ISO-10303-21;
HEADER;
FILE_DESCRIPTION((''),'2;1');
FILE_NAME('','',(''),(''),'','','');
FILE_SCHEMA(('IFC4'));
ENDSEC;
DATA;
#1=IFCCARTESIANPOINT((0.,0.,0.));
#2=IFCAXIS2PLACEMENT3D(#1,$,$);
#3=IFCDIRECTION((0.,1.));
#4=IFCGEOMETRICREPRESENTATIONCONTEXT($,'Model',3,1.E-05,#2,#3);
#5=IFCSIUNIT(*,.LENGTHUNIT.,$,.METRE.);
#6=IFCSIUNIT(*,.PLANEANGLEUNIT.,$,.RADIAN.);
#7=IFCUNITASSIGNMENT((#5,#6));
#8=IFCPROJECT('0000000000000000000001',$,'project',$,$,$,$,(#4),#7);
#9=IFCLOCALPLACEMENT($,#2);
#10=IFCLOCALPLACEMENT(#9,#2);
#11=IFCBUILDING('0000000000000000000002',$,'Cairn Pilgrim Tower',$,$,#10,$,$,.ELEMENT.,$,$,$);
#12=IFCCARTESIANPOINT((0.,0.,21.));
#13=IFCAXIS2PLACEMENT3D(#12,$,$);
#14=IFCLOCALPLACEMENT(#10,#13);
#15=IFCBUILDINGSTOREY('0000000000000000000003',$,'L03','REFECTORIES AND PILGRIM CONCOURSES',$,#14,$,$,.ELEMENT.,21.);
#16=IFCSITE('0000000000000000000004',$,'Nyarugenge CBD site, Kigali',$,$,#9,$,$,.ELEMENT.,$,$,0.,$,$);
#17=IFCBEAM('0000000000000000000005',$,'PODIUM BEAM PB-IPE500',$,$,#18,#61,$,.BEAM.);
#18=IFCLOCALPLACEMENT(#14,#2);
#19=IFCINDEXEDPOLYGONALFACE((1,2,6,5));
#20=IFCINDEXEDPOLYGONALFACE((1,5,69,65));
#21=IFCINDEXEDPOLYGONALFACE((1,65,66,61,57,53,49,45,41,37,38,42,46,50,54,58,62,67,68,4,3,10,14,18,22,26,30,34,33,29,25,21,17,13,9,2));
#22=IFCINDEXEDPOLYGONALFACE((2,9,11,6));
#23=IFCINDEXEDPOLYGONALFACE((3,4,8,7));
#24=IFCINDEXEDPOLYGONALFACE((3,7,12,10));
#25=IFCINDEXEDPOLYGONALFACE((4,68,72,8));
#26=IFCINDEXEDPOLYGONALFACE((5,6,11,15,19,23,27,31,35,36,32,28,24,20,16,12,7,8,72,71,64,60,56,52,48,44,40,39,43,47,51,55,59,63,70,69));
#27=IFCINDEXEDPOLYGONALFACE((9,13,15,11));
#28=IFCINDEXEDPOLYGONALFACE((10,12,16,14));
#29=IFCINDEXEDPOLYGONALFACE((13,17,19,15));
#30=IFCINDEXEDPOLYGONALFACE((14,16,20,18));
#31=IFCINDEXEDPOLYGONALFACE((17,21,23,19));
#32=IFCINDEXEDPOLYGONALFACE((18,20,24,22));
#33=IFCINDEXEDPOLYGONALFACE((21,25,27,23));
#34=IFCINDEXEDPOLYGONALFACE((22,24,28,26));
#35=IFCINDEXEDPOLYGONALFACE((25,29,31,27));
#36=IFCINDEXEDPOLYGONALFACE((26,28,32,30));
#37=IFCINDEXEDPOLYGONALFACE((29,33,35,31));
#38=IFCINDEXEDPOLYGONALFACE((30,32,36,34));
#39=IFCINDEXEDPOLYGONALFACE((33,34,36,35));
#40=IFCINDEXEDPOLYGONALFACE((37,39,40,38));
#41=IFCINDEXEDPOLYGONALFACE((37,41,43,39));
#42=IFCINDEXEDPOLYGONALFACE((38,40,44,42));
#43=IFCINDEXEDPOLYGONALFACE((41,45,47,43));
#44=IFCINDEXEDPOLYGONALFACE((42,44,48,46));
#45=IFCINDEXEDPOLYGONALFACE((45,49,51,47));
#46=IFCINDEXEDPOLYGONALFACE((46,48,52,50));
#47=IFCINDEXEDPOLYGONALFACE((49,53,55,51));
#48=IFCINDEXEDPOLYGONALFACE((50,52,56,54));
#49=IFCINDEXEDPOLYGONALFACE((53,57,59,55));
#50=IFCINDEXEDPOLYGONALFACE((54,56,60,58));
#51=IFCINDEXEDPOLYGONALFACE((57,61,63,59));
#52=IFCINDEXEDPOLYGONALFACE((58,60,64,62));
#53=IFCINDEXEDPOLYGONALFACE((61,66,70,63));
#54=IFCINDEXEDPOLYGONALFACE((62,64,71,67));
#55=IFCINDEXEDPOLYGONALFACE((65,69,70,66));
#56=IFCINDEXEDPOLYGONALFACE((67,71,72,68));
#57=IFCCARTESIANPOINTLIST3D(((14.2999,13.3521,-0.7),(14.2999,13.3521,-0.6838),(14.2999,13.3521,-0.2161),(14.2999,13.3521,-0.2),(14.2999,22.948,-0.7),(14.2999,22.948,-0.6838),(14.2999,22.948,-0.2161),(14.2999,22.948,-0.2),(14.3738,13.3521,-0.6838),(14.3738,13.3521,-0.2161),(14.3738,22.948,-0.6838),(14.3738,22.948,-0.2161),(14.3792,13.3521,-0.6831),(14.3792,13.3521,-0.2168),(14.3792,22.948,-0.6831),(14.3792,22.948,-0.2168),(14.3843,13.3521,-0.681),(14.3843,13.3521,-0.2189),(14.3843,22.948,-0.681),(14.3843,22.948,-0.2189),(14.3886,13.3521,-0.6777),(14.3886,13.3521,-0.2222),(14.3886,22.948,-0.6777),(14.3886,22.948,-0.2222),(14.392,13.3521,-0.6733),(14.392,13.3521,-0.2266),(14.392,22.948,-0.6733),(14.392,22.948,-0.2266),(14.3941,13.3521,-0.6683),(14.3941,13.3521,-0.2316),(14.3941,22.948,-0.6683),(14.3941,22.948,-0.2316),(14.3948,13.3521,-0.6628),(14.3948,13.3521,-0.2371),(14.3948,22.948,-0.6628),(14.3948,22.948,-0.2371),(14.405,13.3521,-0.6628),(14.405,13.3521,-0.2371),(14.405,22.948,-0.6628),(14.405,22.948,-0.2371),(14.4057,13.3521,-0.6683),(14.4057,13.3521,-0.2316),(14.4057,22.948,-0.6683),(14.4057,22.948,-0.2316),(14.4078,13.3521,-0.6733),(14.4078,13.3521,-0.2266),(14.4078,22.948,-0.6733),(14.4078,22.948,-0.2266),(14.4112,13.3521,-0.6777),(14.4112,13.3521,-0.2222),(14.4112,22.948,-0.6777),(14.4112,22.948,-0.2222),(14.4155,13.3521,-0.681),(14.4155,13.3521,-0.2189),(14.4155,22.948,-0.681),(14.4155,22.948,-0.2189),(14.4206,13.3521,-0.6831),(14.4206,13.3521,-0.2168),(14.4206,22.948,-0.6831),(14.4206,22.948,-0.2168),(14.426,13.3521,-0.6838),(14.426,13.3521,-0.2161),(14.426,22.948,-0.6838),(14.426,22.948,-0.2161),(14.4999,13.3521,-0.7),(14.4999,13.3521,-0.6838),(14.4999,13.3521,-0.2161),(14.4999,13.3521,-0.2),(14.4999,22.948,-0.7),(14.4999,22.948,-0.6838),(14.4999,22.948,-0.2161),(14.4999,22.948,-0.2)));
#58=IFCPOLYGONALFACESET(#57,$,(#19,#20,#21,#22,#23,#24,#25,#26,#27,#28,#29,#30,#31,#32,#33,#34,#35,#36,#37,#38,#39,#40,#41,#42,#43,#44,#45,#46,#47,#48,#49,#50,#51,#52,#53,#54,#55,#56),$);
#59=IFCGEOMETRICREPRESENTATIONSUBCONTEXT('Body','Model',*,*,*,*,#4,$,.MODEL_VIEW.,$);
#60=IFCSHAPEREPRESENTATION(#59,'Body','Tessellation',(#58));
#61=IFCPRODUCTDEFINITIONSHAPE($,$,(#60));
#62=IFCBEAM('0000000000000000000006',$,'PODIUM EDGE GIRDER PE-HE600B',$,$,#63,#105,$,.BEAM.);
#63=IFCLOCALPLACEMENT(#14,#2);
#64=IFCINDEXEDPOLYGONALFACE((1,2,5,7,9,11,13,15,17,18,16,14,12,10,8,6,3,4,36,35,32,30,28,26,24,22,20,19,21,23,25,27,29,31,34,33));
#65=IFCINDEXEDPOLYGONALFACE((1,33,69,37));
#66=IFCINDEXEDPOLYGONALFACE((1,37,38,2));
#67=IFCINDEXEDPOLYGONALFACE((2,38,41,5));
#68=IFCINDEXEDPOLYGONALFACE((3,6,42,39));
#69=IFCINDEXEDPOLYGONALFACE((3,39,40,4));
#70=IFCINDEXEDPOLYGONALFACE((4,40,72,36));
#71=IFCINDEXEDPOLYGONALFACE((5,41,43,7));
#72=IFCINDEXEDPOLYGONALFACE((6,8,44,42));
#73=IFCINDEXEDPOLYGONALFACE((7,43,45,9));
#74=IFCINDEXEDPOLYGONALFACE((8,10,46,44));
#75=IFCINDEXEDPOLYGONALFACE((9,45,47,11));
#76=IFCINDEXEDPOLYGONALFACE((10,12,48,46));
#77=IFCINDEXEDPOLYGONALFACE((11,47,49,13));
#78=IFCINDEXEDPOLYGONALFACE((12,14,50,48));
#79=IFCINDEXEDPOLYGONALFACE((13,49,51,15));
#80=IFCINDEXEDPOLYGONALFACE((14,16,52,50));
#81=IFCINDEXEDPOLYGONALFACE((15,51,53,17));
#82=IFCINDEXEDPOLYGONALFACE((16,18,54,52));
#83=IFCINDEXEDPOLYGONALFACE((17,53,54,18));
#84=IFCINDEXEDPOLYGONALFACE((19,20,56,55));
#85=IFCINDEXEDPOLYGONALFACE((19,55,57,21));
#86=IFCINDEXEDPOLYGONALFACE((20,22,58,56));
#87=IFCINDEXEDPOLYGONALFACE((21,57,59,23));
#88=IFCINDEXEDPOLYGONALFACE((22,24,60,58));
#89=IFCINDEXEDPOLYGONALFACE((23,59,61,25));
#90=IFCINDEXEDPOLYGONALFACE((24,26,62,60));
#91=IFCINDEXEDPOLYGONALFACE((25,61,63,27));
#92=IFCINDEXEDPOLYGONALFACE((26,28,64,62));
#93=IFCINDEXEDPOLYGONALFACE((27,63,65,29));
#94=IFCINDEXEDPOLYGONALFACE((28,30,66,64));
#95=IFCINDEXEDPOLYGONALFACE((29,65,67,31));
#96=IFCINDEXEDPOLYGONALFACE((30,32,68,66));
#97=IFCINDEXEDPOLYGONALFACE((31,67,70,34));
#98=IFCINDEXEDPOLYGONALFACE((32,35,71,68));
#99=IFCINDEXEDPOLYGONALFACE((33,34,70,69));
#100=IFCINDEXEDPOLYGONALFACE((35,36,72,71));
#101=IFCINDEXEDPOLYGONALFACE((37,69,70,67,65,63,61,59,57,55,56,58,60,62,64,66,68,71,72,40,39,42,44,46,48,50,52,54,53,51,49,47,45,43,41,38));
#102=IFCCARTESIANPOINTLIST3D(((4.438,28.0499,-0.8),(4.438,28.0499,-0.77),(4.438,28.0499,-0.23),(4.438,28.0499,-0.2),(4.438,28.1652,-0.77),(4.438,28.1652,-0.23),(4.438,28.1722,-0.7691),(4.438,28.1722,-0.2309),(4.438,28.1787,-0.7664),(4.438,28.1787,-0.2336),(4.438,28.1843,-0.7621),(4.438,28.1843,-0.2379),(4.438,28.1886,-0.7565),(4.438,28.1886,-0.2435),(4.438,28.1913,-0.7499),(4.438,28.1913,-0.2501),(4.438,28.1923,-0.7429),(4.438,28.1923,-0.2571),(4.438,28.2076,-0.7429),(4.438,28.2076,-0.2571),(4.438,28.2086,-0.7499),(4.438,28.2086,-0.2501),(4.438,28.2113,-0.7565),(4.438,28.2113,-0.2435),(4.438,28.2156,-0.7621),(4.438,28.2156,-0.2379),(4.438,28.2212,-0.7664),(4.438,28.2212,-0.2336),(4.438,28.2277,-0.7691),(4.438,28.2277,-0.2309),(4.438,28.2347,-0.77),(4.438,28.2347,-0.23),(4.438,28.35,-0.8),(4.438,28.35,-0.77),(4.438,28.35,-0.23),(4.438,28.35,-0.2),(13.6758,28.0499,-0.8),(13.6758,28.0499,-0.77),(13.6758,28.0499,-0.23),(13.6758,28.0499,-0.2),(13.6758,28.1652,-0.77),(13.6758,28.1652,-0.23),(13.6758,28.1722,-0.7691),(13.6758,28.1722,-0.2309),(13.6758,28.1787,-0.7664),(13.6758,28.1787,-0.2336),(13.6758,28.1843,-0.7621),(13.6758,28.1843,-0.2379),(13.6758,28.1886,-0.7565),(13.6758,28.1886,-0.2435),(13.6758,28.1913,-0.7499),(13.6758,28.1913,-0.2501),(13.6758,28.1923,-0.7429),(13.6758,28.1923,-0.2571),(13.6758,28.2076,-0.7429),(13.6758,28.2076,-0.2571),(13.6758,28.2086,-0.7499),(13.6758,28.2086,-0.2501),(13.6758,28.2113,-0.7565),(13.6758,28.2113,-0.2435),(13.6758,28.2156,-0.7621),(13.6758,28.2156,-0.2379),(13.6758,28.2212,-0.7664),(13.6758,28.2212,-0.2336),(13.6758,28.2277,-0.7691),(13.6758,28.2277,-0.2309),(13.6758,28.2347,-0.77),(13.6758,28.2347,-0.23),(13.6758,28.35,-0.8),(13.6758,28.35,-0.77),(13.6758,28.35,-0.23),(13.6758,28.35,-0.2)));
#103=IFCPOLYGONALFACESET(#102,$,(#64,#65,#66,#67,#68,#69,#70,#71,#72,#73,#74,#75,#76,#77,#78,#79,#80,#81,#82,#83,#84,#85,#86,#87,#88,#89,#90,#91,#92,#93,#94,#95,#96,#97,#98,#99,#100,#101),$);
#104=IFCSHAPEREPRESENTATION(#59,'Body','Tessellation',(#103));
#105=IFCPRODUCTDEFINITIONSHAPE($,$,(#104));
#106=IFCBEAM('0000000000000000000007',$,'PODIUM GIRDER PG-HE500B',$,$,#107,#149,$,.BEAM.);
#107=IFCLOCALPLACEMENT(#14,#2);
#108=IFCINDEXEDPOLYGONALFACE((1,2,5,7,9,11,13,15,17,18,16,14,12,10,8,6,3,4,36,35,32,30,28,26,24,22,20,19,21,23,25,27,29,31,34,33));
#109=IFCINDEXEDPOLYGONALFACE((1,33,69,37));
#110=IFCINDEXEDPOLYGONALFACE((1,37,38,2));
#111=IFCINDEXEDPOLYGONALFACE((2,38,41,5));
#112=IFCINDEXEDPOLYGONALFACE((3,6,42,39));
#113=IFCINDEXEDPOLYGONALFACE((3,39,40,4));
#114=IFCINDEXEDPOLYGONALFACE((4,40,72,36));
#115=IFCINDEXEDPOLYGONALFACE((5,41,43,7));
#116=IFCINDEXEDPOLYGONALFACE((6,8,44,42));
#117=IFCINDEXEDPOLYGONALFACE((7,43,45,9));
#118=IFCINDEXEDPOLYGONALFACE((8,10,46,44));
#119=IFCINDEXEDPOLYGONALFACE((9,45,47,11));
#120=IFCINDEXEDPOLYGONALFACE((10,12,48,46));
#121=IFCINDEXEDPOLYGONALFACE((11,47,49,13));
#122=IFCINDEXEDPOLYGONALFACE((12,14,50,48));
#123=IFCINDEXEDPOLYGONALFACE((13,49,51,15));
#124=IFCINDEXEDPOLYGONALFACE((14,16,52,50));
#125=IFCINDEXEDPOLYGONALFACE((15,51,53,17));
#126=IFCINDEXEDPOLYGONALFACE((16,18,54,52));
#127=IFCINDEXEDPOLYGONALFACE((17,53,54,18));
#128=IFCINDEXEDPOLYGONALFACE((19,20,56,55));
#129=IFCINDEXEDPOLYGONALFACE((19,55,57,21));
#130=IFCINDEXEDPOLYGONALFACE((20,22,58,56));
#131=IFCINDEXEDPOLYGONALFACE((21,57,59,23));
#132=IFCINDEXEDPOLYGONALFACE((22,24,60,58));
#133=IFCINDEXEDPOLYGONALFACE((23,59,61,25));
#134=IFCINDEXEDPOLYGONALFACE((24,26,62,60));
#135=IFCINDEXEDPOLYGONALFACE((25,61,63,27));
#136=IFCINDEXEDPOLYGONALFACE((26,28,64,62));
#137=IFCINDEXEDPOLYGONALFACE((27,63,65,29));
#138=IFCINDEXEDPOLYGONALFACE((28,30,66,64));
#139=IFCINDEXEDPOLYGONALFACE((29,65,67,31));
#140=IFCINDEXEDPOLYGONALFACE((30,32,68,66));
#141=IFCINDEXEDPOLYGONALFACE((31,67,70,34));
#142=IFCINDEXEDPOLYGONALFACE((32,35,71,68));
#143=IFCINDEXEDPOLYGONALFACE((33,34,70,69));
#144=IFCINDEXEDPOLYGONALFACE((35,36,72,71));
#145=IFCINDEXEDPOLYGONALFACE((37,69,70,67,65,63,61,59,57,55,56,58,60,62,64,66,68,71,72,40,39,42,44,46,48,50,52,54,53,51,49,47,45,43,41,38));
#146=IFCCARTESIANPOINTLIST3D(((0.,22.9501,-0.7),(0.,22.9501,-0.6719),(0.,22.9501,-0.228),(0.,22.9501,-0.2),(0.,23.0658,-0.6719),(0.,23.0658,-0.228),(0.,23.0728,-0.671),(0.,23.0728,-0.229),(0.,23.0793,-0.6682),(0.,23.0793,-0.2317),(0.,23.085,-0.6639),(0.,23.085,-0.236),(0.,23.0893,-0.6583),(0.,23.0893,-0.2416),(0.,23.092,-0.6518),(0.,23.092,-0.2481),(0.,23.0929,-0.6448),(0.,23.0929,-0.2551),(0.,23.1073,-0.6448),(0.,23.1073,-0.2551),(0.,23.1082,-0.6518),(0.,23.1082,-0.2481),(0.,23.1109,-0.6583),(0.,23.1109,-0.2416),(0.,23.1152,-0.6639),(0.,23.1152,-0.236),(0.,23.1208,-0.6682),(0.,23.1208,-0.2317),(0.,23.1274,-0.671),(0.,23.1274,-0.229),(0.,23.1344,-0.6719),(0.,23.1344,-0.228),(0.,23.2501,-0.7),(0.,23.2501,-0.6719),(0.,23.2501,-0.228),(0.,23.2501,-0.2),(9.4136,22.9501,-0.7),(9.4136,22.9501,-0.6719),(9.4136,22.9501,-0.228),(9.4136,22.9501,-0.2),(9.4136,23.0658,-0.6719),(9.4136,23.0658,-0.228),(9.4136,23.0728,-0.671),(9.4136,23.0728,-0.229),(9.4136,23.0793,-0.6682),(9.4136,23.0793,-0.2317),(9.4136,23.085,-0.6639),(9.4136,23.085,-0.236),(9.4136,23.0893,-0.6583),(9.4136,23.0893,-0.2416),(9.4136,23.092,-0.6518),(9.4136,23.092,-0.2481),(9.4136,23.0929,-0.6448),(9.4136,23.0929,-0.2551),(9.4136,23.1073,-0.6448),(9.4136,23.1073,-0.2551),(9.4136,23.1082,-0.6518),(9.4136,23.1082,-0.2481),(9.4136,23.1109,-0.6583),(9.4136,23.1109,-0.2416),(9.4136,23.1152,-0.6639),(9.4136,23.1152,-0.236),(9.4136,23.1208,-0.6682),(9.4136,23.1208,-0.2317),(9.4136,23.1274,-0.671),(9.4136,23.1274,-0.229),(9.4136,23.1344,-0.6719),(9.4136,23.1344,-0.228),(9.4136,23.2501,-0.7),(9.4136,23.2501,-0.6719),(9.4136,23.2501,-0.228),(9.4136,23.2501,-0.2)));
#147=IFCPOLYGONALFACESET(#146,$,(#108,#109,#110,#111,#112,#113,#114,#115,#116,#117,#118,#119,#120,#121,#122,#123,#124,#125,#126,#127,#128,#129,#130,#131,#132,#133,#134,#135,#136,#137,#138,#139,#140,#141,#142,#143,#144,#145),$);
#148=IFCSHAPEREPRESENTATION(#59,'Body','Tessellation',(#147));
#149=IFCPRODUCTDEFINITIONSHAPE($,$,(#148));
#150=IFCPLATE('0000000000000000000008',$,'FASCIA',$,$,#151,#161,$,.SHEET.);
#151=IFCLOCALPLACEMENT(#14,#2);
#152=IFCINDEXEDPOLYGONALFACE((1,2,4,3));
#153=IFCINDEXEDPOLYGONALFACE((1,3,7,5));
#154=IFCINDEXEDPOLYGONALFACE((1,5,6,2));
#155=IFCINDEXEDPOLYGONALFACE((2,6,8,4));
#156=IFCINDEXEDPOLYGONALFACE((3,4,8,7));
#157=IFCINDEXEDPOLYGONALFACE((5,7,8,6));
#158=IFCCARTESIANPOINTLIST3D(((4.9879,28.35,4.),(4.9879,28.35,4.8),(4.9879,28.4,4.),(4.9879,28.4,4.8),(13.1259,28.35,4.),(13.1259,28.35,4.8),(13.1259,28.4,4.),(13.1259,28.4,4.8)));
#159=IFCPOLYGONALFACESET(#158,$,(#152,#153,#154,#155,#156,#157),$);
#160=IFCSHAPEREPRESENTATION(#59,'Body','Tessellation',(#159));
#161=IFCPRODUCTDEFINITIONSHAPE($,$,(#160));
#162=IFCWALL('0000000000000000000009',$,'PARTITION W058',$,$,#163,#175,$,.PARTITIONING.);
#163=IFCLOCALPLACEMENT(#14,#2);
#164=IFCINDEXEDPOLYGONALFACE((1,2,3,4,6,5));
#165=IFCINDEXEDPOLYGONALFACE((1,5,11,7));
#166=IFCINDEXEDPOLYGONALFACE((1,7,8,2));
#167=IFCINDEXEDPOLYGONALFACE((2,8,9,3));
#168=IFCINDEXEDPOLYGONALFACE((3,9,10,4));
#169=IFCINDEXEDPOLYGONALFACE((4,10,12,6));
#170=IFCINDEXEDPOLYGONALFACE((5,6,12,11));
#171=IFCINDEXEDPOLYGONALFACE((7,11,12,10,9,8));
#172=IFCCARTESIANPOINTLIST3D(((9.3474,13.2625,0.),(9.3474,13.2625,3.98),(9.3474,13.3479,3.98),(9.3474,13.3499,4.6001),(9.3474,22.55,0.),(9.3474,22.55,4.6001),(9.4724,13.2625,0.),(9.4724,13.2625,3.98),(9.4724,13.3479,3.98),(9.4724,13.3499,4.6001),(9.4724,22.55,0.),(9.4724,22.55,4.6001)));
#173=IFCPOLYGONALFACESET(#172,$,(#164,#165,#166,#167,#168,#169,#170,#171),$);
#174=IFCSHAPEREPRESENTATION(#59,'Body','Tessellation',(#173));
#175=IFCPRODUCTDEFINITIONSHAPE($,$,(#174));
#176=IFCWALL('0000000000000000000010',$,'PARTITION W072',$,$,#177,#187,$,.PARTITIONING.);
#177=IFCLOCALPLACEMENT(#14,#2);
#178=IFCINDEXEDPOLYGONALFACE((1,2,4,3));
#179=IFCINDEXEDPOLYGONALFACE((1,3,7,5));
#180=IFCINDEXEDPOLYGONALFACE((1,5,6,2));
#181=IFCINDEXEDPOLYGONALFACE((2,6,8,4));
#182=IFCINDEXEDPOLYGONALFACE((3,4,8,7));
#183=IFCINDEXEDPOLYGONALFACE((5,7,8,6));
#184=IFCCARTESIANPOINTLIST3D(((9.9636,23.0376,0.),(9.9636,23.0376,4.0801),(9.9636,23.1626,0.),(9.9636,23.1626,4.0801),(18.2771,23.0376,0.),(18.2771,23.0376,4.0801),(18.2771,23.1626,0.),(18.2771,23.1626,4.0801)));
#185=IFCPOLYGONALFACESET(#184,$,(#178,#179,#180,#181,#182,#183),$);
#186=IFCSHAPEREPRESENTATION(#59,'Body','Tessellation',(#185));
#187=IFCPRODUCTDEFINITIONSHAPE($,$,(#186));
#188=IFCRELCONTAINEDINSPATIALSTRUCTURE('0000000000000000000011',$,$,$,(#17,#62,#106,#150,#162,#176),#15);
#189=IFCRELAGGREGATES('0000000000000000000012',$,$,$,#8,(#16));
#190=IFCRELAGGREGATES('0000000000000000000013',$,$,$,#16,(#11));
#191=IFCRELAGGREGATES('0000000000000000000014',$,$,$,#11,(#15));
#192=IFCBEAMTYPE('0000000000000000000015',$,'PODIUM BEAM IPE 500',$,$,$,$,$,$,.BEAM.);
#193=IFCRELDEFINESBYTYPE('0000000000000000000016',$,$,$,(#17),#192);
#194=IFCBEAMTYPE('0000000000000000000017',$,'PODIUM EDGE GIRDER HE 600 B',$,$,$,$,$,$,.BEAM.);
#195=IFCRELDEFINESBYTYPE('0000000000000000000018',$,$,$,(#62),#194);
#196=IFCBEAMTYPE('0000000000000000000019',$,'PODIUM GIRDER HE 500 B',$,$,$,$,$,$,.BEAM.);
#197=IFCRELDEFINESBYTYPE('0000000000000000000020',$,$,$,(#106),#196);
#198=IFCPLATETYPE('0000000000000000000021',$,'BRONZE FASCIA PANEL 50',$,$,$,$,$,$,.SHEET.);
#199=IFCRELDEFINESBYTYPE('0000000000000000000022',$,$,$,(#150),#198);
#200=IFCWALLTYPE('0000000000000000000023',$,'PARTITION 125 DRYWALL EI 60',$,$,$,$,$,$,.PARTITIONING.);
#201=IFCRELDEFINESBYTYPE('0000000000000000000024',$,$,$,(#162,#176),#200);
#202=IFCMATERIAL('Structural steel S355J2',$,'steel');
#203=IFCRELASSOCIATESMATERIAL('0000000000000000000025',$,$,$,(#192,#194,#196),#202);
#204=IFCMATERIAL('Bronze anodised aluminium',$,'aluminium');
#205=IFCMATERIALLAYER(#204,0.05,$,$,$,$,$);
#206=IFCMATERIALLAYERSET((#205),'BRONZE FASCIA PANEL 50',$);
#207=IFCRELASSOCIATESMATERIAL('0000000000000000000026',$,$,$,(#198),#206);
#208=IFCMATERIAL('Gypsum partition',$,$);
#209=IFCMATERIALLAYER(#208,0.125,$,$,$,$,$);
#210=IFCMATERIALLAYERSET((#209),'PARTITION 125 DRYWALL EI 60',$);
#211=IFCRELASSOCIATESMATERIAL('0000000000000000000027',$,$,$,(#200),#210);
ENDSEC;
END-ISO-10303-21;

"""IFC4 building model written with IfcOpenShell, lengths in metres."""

from ifc_helpers import new_model, si_unit, direction, frame, frame_2d, origin, origin_2d, place, context, subcontext, project, spatial, polyline, rectangle, i_section, outline, extrude, material, layer, layer_set, material_profile, profile_set, type_object, element, save


model = new_model("IFC4")

# Units and contexts
model_context = context("Model", 3, precision=1e-05, world=origin(), true_north=direction((0.0, 1.0)))
body_context = subcontext(model_context, "Body", "Model", "MODEL_VIEW")
ifc_project = project(units=[si_unit("LENGTHUNIT", "METRE"), si_unit("PLANEANGLEUNIT", "RADIAN")], contexts=[model_context])

# Site, building, storey
site_placement = place(None, origin())
site = spatial("IfcSite", under=ifc_project, at=site_placement, Name="Nyarugenge CBD site, Kigali", CompositionType="ELEMENT", RefElevation=0.0)
building_placement = place(site_placement, origin())
building = spatial("IfcBuilding", under=site, at=building_placement, Name="Cairn Pilgrim Tower", CompositionType="ELEMENT")
storey_placement = place(building_placement, frame((0.0, 0.0, 21.0)))
storey = spatial("IfcBuildingStorey", under=building, at=storey_placement, Name="L03", Description="REFECTORIES AND PILGRIM CONCOURSES", CompositionType="ELEMENT", Elevation=21.0)

# Beams
ifc_material_1 = material(Name="Structural steel S355J2", Category="steel")
ifc_material_profile_1 = material_profile(ifc_material_1, i_section(OverallWidth=0.2, OverallDepth=0.5, WebThickness=0.0103, FlangeThickness=0.0161, FilletRadius=0.021, at=origin_2d()), Name="IPE 500")
ifc_profile_set_1 = profile_set([ifc_material_profile_1], Name="Structural steel S355J2")
beam_type_1 = type_object("IfcBeamType", Name="PODIUM BEAM IPE 500", PredefinedType="BEAM", material=ifc_profile_set_1)
beam_1_placement = place(storey_placement, frame((14.3999, 13.3521, -0.45), z_axis=(0.0, 1.0, 0.0), x_axis=(-1.0, 0.0, 0.0)))
element("IfcBeam", 1, at=beam_1_placement, inside=storey, type_object=beam_type_1, Name="PODIUM BEAM PB-IPE500", PredefinedType="BEAM", context=body_context, shape_type="SweptSolid", body=[
    extrude(i_section(OverallWidth=0.2, OverallDepth=0.5, WebThickness=0.0103, FlangeThickness=0.0161, FilletRadius=0.021, at=origin_2d()), origin(), (0.0, 0.0, 1.0), 9.5959),
])
ifc_material_profile_2 = material_profile(ifc_material_1, i_section(OverallWidth=0.3, OverallDepth=0.6001, WebThickness=0.0154, FlangeThickness=0.03, FilletRadius=0.0271, at=origin_2d()), Name="HEB 600")
ifc_profile_set_2 = profile_set([ifc_material_profile_2], Name="Structural steel S355J2")
beam_type_2 = type_object("IfcBeamType", Name="PODIUM EDGE GIRDER HE 600 B", PredefinedType="BEAM", material=ifc_profile_set_2)
beam_2_placement = place(storey_placement, frame((13.6758, 28.2, -0.5), z_axis=(-1.0, 0.0, 0.0), x_axis=(0.0, -1.0, 0.0)))
element("IfcBeam", 2, at=beam_2_placement, inside=storey, type_object=beam_type_2, Name="PODIUM EDGE GIRDER PE-HE600B", PredefinedType="BEAM", context=body_context, shape_type="SweptSolid", body=[
    extrude(i_section(OverallWidth=0.3, OverallDepth=0.6001, WebThickness=0.0154, FlangeThickness=0.03, FilletRadius=0.0271, at=origin_2d()), origin(), (0.0, 0.0, 1.0), 9.2378),
])
ifc_material_profile_3 = material_profile(ifc_material_1, i_section(OverallWidth=0.3, OverallDepth=0.5, WebThickness=0.0144, FlangeThickness=0.0281, FilletRadius=0.0271, at=origin_2d()), Name="HEB 500")
ifc_profile_set_3 = profile_set([ifc_material_profile_3], Name="Structural steel S355J2")
beam_type_3 = type_object("IfcBeamType", Name="PODIUM GIRDER HE 500 B", PredefinedType="BEAM", material=ifc_profile_set_3)
beam_3_placement = place(storey_placement, frame((9.4136, 23.1001, -0.45), z_axis=(-1.0, 0.0, 0.0), x_axis=(0.0, -1.0, 0.0)))
element("IfcBeam", 3, at=beam_3_placement, inside=storey, type_object=beam_type_3, Name="PODIUM GIRDER PG-HE500B", PredefinedType="BEAM", context=body_context, shape_type="SweptSolid", body=[
    extrude(i_section(OverallWidth=0.3, OverallDepth=0.5, WebThickness=0.0144, FlangeThickness=0.0281, FilletRadius=0.0271, at=origin_2d()), origin(), (0.0, 0.0, 1.0), 9.4136),
])

# Plate
ifc_material_2 = material(Name="Bronze anodised aluminium", Category="aluminium")
ifc_layer_1 = layer(ifc_material_2, 0.05)
ifc_layer_set_1 = layer_set([ifc_layer_1], Name="BRONZE FASCIA PANEL 50")
plate_type = type_object("IfcPlateType", Name="BRONZE FASCIA PANEL 50", PredefinedType="SHEET", material=ifc_layer_set_1)
plate_placement = place(storey_placement, frame((9.0569, 28.375, 4.0), z_axis=(0.0, 0.0, 1.0), x_axis=(-1.0, 0.0, 0.0)))
element("IfcPlate", 4, at=plate_placement, inside=storey, type_object=plate_type, Name="FASCIA", PredefinedType="SHEET", context=body_context, shape_type="SweptSolid", body=[
    extrude(rectangle(XDim=8.1379, YDim=0.05, at=origin_2d()), origin(), (0.0, 0.0, 1.0), 0.8),
])

# Walls
ifc_material_3 = material(Name="Gypsum partition")
ifc_layer_2 = layer(ifc_material_3, 0.125)
ifc_layer_set_2 = layer_set([ifc_layer_2], Name="PARTITION 125 DRYWALL EI 60")
wall_type_1 = type_object("IfcWallType", Name="PARTITION 125 DRYWALL EI 60", PredefinedType="PARTITIONING", material=ifc_layer_set_2)
wall_1_placement = place(storey_placement, frame((9.4099, 13.2625, 0.0), z_axis=(0.0, 0.0, 1.0), x_axis=(0.0, 1.0, 0.0)))
element("IfcWall", 5, at=wall_1_placement, inside=storey, type_object=wall_type_1, Name="PARTITION W058", PredefinedType="PARTITIONING", context=body_context, shape_type="SweptSolid", body=[
    extrude(outline(polyline([(0.0, 0.0), (9.2876, 0.0), (9.2876, 4.6001), (0.0874, 4.6001), (0.0854, 3.98), (0.0, 3.98), (0.0, 0.0)])), frame((0.0, 0.0625, 0.0), z_axis=(0.0, -1.0, 0.0), x_axis=(1.0, 0.0, 0.0)), (0.0, 0.0, 1.0), 0.125),
])
wall_2_placement = place(storey_placement, frame((9.9636, 23.1001, 0.0), z_axis=(0.0, 0.0, 1.0), x_axis=(1.0, 0.0, 0.0)))
element("IfcWall", 6, at=wall_2_placement, inside=storey, type_object=wall_type_1, Name="PARTITION W072", PredefinedType="PARTITIONING", context=body_context, shape_type="SweptSolid", body=[
    extrude(rectangle(XDim=8.3135, YDim=0.125, at=frame_2d((4.1567, 0.0))), origin(), (0.0, 0.0, 1.0), 4.0801),
])

save(model, "model.ifc")
